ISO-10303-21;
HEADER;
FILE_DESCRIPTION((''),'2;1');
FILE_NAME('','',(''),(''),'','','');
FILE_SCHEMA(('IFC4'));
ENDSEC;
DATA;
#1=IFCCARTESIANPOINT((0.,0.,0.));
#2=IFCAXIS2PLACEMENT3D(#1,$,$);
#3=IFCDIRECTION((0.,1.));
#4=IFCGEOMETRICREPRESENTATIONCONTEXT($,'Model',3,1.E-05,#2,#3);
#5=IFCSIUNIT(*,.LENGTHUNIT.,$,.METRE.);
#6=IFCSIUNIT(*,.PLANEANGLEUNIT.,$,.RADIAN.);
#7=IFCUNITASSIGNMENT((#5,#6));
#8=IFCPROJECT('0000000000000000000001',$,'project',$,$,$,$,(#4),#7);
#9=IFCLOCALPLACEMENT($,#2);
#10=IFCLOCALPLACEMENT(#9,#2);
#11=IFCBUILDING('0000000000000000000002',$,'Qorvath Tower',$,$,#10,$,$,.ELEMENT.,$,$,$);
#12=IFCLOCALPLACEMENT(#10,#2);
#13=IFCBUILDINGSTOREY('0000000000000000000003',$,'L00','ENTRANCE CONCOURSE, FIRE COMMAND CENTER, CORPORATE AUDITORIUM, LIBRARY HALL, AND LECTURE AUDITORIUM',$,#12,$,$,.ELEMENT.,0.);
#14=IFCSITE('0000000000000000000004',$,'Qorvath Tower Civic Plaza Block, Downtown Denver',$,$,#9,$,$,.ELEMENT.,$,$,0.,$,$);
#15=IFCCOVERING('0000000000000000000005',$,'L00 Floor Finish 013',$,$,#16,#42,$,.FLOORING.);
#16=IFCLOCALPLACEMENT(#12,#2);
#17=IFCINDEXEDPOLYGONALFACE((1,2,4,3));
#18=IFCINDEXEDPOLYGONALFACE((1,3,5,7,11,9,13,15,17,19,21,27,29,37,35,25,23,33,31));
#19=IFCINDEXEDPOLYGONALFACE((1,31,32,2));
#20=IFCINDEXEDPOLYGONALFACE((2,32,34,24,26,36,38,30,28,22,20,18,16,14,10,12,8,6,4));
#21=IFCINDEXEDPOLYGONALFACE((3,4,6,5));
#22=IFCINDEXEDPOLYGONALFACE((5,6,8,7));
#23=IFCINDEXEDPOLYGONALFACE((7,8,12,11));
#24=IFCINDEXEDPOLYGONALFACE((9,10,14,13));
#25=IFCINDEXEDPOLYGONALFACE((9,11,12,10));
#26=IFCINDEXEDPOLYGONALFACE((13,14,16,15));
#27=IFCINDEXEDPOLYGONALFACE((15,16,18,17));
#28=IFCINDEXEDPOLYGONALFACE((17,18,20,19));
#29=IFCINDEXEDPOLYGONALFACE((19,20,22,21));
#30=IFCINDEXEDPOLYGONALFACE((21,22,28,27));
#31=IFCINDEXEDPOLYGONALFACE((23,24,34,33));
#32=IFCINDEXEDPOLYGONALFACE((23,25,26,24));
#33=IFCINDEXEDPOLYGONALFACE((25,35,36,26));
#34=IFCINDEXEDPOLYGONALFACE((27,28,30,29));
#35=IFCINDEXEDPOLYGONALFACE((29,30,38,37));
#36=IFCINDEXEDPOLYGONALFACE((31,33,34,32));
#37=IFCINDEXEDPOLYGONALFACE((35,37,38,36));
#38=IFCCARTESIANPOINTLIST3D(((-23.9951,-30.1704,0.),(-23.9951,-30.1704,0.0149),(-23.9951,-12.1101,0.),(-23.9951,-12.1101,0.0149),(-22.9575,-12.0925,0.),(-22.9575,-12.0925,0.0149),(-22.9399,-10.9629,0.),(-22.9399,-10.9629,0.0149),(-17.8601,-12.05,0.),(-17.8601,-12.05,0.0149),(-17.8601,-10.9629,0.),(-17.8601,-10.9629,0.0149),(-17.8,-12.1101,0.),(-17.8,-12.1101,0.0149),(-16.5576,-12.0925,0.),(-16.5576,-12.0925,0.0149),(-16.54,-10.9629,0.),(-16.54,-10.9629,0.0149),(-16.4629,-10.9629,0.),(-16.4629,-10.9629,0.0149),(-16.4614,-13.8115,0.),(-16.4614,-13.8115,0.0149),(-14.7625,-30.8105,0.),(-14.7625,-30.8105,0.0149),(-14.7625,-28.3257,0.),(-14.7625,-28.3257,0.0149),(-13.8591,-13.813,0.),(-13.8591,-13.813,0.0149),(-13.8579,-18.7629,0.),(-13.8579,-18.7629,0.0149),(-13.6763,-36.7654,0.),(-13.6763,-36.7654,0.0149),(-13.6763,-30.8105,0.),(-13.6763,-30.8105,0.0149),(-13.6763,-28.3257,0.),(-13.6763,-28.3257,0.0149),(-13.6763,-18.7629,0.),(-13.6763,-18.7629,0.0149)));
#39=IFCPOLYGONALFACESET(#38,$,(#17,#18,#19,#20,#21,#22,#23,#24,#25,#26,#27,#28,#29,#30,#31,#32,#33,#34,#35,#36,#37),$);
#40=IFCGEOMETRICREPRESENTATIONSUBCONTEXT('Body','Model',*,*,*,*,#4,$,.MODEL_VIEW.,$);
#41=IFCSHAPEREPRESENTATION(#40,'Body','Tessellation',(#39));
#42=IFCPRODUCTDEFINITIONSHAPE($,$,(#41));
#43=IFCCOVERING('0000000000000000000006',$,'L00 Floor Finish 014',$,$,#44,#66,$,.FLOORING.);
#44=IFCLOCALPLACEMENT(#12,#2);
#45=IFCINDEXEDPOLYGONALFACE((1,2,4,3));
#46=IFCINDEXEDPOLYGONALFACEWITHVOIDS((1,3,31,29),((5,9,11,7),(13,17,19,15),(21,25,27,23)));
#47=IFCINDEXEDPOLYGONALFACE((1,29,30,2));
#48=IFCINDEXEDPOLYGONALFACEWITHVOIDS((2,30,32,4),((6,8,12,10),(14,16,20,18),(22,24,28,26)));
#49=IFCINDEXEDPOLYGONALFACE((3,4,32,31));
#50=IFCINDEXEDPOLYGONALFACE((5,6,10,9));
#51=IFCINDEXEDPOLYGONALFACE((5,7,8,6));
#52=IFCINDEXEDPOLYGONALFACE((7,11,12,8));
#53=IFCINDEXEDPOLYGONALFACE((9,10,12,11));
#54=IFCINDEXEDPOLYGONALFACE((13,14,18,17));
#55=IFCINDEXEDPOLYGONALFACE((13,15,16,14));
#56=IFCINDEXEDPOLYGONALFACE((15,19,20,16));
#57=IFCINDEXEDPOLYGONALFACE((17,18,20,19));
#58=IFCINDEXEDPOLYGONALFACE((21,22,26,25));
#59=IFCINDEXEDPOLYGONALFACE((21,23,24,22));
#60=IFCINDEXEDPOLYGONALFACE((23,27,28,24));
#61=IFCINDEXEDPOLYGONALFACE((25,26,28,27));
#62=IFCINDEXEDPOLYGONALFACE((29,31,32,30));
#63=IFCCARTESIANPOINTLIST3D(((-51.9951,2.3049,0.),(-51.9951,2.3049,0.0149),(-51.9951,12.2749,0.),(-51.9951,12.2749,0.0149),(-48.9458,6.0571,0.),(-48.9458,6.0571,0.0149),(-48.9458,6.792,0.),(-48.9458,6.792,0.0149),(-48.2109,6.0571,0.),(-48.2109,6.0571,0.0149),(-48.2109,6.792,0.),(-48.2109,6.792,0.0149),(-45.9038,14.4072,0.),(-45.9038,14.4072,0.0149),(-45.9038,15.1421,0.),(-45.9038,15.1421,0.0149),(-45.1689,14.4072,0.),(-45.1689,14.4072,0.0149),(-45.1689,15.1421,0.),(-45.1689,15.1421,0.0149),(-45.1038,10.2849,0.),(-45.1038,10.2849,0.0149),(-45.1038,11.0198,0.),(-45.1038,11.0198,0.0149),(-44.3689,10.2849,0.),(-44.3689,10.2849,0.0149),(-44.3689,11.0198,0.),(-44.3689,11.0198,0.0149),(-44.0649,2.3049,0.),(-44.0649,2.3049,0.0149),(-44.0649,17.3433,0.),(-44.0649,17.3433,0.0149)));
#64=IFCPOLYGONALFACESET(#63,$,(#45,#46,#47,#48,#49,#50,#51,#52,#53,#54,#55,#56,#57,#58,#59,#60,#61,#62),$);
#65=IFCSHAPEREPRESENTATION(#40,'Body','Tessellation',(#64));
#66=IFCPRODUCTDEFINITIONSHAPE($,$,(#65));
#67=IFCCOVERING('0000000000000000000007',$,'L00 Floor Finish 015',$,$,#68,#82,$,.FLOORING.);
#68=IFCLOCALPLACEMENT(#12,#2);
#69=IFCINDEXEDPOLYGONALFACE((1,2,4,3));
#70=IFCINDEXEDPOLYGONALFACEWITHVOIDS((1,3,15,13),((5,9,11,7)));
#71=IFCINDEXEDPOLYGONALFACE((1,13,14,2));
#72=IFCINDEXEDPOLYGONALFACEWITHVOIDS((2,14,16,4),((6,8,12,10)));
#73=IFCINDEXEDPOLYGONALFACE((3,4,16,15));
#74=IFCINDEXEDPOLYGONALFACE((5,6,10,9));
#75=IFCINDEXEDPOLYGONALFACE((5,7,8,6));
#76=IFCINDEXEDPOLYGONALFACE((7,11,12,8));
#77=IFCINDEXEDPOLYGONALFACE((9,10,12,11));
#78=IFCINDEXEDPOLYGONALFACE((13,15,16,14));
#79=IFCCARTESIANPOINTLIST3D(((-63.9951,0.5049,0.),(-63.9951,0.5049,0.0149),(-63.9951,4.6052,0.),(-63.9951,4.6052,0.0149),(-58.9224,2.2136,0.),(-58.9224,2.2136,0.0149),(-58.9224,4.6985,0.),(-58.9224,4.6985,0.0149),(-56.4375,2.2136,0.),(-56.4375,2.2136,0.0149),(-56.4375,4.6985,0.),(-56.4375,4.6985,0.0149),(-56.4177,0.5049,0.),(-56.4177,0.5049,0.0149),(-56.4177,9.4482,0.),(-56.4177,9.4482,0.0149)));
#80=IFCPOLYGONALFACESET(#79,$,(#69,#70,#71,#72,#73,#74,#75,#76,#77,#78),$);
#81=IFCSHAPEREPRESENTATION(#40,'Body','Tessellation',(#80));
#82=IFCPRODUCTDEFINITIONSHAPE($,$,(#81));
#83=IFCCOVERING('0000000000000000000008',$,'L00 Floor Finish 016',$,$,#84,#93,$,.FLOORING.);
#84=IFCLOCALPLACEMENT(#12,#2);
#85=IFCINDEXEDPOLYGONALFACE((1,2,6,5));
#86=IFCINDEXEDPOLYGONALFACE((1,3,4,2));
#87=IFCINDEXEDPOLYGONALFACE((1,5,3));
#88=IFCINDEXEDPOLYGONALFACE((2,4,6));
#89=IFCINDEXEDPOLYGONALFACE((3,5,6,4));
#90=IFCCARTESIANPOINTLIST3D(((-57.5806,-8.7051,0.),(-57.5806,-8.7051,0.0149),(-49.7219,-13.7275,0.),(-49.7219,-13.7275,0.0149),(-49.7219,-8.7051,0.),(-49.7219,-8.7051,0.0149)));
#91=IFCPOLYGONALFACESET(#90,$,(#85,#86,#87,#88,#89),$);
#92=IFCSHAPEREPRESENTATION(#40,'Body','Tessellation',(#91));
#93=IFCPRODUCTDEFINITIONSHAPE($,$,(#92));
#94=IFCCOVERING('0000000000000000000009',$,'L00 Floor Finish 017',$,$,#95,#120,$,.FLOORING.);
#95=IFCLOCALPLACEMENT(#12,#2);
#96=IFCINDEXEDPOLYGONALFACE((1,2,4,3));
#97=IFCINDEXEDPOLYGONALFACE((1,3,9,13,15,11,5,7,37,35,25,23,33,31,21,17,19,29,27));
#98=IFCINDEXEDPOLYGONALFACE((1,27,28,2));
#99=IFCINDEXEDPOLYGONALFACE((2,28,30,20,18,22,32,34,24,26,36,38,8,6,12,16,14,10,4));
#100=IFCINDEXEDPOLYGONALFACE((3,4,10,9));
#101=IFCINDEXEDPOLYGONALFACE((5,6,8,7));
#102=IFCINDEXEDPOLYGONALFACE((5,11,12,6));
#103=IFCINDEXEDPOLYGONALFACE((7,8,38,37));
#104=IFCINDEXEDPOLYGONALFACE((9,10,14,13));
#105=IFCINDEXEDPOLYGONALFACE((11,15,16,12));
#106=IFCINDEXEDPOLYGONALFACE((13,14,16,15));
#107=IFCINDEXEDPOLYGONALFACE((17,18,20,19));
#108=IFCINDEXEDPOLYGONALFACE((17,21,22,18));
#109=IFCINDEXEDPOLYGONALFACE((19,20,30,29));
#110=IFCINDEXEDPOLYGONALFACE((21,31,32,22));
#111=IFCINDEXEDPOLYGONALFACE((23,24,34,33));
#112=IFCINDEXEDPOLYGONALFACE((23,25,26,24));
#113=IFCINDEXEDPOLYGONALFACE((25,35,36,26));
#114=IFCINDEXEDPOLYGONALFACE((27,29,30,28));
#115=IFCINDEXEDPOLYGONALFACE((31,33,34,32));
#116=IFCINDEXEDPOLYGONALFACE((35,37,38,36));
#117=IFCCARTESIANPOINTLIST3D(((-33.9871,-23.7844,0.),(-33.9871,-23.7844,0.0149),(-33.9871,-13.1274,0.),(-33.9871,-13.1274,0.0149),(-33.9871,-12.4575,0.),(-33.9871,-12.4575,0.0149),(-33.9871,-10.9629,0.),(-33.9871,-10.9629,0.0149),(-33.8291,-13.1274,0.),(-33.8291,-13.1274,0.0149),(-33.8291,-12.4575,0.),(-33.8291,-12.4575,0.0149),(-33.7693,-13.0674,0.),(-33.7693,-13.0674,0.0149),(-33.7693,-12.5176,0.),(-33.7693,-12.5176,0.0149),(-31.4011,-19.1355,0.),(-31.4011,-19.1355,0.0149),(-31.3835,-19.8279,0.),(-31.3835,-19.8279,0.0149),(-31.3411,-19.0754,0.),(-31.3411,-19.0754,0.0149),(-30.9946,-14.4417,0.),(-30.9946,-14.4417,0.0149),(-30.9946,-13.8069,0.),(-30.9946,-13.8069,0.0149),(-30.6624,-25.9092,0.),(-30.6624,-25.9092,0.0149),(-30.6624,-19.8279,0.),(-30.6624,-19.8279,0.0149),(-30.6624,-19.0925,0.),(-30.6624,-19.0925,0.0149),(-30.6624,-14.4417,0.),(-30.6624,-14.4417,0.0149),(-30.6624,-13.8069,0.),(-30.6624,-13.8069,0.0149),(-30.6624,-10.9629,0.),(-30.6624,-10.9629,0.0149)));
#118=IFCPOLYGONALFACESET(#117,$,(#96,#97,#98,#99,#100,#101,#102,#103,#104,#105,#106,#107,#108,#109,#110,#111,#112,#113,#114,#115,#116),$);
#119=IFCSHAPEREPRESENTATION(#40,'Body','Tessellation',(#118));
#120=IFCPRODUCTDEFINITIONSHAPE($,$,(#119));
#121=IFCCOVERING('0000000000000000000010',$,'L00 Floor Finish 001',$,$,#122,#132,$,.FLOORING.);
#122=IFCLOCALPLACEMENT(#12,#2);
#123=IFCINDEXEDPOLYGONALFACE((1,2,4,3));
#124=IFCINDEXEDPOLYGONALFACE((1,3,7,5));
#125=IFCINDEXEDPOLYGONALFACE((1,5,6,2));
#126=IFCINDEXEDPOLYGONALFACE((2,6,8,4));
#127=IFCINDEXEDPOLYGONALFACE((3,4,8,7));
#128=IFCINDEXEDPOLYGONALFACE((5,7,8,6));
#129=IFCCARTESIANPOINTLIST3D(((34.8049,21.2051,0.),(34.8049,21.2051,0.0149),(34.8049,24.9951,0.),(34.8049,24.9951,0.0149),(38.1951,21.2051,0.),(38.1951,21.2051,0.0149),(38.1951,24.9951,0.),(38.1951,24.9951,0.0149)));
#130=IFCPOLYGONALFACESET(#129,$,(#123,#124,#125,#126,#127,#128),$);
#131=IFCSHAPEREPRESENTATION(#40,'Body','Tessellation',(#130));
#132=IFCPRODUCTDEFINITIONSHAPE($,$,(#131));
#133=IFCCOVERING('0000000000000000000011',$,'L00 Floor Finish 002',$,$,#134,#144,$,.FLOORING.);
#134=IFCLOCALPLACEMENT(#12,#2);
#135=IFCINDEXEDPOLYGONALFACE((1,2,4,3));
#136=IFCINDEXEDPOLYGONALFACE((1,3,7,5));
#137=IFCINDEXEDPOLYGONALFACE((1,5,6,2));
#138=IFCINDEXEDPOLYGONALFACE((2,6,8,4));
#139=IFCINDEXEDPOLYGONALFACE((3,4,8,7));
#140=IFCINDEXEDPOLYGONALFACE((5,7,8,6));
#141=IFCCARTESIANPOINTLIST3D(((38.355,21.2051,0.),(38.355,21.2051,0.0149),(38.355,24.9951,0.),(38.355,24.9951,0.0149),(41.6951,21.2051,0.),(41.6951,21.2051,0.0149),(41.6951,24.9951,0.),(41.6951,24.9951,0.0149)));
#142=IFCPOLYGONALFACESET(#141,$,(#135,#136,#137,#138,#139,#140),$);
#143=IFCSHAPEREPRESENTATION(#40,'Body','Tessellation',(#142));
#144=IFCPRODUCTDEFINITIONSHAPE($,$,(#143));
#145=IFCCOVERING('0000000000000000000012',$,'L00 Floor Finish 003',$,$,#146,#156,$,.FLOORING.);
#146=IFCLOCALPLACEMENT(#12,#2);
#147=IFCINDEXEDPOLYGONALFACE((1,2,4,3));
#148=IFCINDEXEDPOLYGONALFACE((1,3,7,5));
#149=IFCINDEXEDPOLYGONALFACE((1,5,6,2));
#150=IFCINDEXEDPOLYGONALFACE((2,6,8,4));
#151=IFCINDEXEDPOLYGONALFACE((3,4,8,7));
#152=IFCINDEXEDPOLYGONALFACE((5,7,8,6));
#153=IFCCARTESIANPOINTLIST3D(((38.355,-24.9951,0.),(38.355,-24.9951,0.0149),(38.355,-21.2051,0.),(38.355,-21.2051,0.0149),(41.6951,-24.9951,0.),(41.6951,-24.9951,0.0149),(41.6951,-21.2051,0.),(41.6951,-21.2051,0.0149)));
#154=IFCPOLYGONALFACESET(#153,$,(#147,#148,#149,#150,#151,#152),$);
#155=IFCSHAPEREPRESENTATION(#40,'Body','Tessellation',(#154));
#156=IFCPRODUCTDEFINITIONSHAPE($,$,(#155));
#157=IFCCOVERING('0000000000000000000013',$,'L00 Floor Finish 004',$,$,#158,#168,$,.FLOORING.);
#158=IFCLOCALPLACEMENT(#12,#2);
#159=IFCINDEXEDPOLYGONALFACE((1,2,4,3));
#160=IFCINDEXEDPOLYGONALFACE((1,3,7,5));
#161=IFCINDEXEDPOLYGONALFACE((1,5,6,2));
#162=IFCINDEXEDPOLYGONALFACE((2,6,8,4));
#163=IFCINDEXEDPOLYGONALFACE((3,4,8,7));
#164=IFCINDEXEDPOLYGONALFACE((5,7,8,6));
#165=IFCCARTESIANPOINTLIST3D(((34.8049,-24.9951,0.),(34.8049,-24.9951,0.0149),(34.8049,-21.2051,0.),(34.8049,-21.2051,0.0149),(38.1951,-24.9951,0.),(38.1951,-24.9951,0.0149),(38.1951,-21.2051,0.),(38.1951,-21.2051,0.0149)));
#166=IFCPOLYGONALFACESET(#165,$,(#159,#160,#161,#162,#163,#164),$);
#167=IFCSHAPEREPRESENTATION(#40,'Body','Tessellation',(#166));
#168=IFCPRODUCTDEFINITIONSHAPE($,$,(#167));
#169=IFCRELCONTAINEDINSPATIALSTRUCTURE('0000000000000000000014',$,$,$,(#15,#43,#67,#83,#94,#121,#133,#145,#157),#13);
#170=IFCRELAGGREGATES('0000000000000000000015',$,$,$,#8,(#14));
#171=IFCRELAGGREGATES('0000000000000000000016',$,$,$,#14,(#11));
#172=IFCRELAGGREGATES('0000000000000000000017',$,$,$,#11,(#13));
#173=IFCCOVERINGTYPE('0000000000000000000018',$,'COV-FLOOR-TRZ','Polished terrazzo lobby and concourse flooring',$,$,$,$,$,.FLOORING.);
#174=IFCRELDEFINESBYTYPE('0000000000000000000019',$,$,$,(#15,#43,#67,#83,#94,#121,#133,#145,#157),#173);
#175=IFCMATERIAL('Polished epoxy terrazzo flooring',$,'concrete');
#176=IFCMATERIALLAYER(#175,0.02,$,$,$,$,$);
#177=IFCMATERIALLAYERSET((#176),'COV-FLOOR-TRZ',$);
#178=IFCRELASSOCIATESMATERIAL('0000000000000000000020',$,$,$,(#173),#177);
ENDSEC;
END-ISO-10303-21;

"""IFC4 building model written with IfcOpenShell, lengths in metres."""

from ifc_helpers import new_model, si_unit, direction, origin, place, context, subcontext, project, spatial, polyline, outline, extrude, material, layer, layer_set, type_object, element, save


model = new_model("IFC4")

# Units and contexts
model_context = context("Model", 3, precision=1e-05, world=origin(), true_north=direction((0.0, 1.0)))
body_context = subcontext(model_context, "Body", "Model", "MODEL_VIEW")
ifc_project = project(units=[si_unit("LENGTHUNIT", "METRE"), si_unit("PLANEANGLEUNIT", "RADIAN")], contexts=[model_context])

# Site, building, storey
site_placement = place(None, origin())
site = spatial("IfcSite", under=ifc_project, at=site_placement, Name="Qorvath Tower Civic Plaza Block, Downtown Denver", CompositionType="ELEMENT", RefElevation=0.0)
building_placement = place(site_placement, origin())
building = spatial("IfcBuilding", under=site, at=building_placement, Name="Qorvath Tower", CompositionType="ELEMENT")
storey_placement = place(building_placement, origin())
storey = spatial("IfcBuildingStorey", under=building, at=storey_placement, Name="L00", Description="ENTRANCE CONCOURSE, FIRE COMMAND CENTER, CORPORATE AUDITORIUM, LIBRARY HALL, AND LECTURE AUDITORIUM", CompositionType="ELEMENT", Elevation=0.0)

# Coverings
ifc_material_1 = material(Name="Polished epoxy terrazzo flooring", Category="concrete")
ifc_layer_1 = layer(ifc_material_1, 0.02)
ifc_layer_set_1 = layer_set([ifc_layer_1], Name="COV-FLOOR-TRZ")
covering_type_1 = type_object("IfcCoveringType", Name="COV-FLOOR-TRZ", Description="Polished terrazzo lobby and concourse flooring", PredefinedType="FLOORING", material=ifc_layer_set_1)
covering_1_placement = place(storey_placement, origin())
element("IfcCovering", 1, at=covering_1_placement, inside=storey, type_object=covering_type_1, Name="L00 Floor Finish 013", PredefinedType="FLOORING", context=body_context, shape_type="SweptSolid", body=[
    extrude(outline(polyline([(-23.9951, -30.1704), (-13.6763, -36.7654), (-13.6763, -30.8105), (-14.7625, -30.8105), (-14.7625, -28.3257), (-13.6763, -28.3257), (-13.6763, -18.7629), (-13.8579, -18.7629), (-13.8591, -13.813), (-16.4614, -13.8115), (-16.4629, -10.9629), (-16.54, -10.9629), (-16.5576, -12.0925), (-17.8, -12.1101), (-17.8601, -12.05), (-17.8601, -10.9629), (-22.9399, -10.9629), (-22.9575, -12.0925), (-23.9951, -12.1101), (-23.9951, -30.1704)])), origin(), (0.0, 0.0, 1.0), 0.0149),
])
covering_2_placement = place(storey_placement, origin())
element("IfcCovering", 2, at=covering_2_placement, inside=storey, type_object=covering_type_1, Name="L00 Floor Finish 014", PredefinedType="FLOORING", context=body_context, shape_type="SweptSolid", body=[
    extrude(outline(polyline([(-44.0649, 2.3049), (-44.0649, 17.3433), (-51.9951, 12.2749), (-51.9951, 2.3049), (-44.0649, 2.3049)]), holes=[polyline([(-45.1038, 11.0198), (-44.3689, 11.0198), (-44.3689, 10.2849), (-45.1038, 10.2849), (-45.1038, 11.0198)]), polyline([(-45.9038, 15.1421), (-45.1689, 15.1421), (-45.1689, 14.4072), (-45.9038, 14.4072), (-45.9038, 15.1421)]), polyline([(-48.9458, 6.792), (-48.2109, 6.792), (-48.2109, 6.0571), (-48.9458, 6.0571), (-48.9458, 6.792)])]), origin(), (0.0, 0.0, 1.0), 0.0149),
])
covering_3_placement = place(storey_placement, origin())
element("IfcCovering", 3, at=covering_3_placement, inside=storey, type_object=covering_type_1, Name="L00 Floor Finish 015", PredefinedType="FLOORING", context=body_context, shape_type="SweptSolid", body=[
    extrude(outline(polyline([(-56.4177, 0.5049), (-56.4177, 9.4482), (-63.9951, 4.6052), (-63.9951, 0.5049), (-56.4177, 0.5049)]), holes=[polyline([(-58.9224, 4.6985), (-56.4375, 4.6985), (-56.4375, 2.2136), (-58.9224, 2.2136), (-58.9224, 4.6985)])]), origin(), (0.0, 0.0, 1.0), 0.0149),
])
covering_4_placement = place(storey_placement, origin())
element("IfcCovering", 4, at=covering_4_placement, inside=storey, type_object=covering_type_1, Name="L00 Floor Finish 016", PredefinedType="FLOORING", context=body_context, shape_type="SweptSolid", body=[
    extrude(outline(polyline([(-57.5806, -8.7051), (-49.7219, -13.7275), (-49.7219, -8.7051), (-57.5806, -8.7051)])), origin(), (0.0, 0.0, 1.0), 0.0149),
])
covering_5_placement = place(storey_placement, origin())
element("IfcCovering", 5, at=covering_5_placement, inside=storey, type_object=covering_type_1, Name="L00 Floor Finish 017", PredefinedType="FLOORING", context=body_context, shape_type="SweptSolid", body=[
    extrude(outline(polyline([(-30.6624, -25.9092), (-30.6624, -19.8279), (-31.3835, -19.8279), (-31.4011, -19.1355), (-31.3411, -19.0754), (-30.6624, -19.0925), (-30.6624, -14.4417), (-30.9946, -14.4417), (-30.9946, -13.8069), (-30.6624, -13.8069), (-30.6624, -10.9629), (-33.9871, -10.9629), (-33.9871, -12.4575), (-33.8291, -12.4575), (-33.7693, -12.5176), (-33.7693, -13.0674), (-33.8291, -13.1274), (-33.9871, -13.1274), (-33.9871, -23.7844), (-30.6624, -25.9092)])), origin(), (0.0, 0.0, 1.0), 0.0149),
])
covering_6_placement = place(storey_placement, origin())
element("IfcCovering", 6, at=covering_6_placement, inside=storey, type_object=covering_type_1, Name="L00 Floor Finish 001", PredefinedType="FLOORING", context=body_context, shape_type="SweptSolid", body=[
    extrude(outline(polyline([(38.1951, 24.9951), (34.8049, 24.9951), (34.8049, 21.2051), (38.1951, 21.2051), (38.1951, 24.9951)])), origin(), (0.0, 0.0, 1.0), 0.0149),
])
covering_7_placement = place(storey_placement, origin())
element("IfcCovering", 7, at=covering_7_placement, inside=storey, type_object=covering_type_1, Name="L00 Floor Finish 002", PredefinedType="FLOORING", context=body_context, shape_type="SweptSolid", body=[
    extrude(outline(polyline([(41.6951, 24.9951), (38.355, 24.9951), (38.355, 21.2051), (41.6951, 21.2051), (41.6951, 24.9951)])), origin(), (0.0, 0.0, 1.0), 0.0149),
])
covering_8_placement = place(storey_placement, origin())
element("IfcCovering", 8, at=covering_8_placement, inside=storey, type_object=covering_type_1, Name="L00 Floor Finish 003", PredefinedType="FLOORING", context=body_context, shape_type="SweptSolid", body=[
    extrude(outline(polyline([(41.6951, -21.2051), (38.355, -21.2051), (38.355, -24.9951), (41.6951, -24.9951), (41.6951, -21.2051)])), origin(), (0.0, 0.0, 1.0), 0.0149),
])
covering_9_placement = place(storey_placement, origin())
element("IfcCovering", 9, at=covering_9_placement, inside=storey, type_object=covering_type_1, Name="L00 Floor Finish 004", PredefinedType="FLOORING", context=body_context, shape_type="SweptSolid", body=[
    extrude(outline(polyline([(38.1951, -21.2051), (34.8049, -21.2051), (34.8049, -24.9951), (38.1951, -24.9951), (38.1951, -21.2051)])), origin(), (0.0, 0.0, 1.0), 0.0149),
])

save(model, "model.ifc")
